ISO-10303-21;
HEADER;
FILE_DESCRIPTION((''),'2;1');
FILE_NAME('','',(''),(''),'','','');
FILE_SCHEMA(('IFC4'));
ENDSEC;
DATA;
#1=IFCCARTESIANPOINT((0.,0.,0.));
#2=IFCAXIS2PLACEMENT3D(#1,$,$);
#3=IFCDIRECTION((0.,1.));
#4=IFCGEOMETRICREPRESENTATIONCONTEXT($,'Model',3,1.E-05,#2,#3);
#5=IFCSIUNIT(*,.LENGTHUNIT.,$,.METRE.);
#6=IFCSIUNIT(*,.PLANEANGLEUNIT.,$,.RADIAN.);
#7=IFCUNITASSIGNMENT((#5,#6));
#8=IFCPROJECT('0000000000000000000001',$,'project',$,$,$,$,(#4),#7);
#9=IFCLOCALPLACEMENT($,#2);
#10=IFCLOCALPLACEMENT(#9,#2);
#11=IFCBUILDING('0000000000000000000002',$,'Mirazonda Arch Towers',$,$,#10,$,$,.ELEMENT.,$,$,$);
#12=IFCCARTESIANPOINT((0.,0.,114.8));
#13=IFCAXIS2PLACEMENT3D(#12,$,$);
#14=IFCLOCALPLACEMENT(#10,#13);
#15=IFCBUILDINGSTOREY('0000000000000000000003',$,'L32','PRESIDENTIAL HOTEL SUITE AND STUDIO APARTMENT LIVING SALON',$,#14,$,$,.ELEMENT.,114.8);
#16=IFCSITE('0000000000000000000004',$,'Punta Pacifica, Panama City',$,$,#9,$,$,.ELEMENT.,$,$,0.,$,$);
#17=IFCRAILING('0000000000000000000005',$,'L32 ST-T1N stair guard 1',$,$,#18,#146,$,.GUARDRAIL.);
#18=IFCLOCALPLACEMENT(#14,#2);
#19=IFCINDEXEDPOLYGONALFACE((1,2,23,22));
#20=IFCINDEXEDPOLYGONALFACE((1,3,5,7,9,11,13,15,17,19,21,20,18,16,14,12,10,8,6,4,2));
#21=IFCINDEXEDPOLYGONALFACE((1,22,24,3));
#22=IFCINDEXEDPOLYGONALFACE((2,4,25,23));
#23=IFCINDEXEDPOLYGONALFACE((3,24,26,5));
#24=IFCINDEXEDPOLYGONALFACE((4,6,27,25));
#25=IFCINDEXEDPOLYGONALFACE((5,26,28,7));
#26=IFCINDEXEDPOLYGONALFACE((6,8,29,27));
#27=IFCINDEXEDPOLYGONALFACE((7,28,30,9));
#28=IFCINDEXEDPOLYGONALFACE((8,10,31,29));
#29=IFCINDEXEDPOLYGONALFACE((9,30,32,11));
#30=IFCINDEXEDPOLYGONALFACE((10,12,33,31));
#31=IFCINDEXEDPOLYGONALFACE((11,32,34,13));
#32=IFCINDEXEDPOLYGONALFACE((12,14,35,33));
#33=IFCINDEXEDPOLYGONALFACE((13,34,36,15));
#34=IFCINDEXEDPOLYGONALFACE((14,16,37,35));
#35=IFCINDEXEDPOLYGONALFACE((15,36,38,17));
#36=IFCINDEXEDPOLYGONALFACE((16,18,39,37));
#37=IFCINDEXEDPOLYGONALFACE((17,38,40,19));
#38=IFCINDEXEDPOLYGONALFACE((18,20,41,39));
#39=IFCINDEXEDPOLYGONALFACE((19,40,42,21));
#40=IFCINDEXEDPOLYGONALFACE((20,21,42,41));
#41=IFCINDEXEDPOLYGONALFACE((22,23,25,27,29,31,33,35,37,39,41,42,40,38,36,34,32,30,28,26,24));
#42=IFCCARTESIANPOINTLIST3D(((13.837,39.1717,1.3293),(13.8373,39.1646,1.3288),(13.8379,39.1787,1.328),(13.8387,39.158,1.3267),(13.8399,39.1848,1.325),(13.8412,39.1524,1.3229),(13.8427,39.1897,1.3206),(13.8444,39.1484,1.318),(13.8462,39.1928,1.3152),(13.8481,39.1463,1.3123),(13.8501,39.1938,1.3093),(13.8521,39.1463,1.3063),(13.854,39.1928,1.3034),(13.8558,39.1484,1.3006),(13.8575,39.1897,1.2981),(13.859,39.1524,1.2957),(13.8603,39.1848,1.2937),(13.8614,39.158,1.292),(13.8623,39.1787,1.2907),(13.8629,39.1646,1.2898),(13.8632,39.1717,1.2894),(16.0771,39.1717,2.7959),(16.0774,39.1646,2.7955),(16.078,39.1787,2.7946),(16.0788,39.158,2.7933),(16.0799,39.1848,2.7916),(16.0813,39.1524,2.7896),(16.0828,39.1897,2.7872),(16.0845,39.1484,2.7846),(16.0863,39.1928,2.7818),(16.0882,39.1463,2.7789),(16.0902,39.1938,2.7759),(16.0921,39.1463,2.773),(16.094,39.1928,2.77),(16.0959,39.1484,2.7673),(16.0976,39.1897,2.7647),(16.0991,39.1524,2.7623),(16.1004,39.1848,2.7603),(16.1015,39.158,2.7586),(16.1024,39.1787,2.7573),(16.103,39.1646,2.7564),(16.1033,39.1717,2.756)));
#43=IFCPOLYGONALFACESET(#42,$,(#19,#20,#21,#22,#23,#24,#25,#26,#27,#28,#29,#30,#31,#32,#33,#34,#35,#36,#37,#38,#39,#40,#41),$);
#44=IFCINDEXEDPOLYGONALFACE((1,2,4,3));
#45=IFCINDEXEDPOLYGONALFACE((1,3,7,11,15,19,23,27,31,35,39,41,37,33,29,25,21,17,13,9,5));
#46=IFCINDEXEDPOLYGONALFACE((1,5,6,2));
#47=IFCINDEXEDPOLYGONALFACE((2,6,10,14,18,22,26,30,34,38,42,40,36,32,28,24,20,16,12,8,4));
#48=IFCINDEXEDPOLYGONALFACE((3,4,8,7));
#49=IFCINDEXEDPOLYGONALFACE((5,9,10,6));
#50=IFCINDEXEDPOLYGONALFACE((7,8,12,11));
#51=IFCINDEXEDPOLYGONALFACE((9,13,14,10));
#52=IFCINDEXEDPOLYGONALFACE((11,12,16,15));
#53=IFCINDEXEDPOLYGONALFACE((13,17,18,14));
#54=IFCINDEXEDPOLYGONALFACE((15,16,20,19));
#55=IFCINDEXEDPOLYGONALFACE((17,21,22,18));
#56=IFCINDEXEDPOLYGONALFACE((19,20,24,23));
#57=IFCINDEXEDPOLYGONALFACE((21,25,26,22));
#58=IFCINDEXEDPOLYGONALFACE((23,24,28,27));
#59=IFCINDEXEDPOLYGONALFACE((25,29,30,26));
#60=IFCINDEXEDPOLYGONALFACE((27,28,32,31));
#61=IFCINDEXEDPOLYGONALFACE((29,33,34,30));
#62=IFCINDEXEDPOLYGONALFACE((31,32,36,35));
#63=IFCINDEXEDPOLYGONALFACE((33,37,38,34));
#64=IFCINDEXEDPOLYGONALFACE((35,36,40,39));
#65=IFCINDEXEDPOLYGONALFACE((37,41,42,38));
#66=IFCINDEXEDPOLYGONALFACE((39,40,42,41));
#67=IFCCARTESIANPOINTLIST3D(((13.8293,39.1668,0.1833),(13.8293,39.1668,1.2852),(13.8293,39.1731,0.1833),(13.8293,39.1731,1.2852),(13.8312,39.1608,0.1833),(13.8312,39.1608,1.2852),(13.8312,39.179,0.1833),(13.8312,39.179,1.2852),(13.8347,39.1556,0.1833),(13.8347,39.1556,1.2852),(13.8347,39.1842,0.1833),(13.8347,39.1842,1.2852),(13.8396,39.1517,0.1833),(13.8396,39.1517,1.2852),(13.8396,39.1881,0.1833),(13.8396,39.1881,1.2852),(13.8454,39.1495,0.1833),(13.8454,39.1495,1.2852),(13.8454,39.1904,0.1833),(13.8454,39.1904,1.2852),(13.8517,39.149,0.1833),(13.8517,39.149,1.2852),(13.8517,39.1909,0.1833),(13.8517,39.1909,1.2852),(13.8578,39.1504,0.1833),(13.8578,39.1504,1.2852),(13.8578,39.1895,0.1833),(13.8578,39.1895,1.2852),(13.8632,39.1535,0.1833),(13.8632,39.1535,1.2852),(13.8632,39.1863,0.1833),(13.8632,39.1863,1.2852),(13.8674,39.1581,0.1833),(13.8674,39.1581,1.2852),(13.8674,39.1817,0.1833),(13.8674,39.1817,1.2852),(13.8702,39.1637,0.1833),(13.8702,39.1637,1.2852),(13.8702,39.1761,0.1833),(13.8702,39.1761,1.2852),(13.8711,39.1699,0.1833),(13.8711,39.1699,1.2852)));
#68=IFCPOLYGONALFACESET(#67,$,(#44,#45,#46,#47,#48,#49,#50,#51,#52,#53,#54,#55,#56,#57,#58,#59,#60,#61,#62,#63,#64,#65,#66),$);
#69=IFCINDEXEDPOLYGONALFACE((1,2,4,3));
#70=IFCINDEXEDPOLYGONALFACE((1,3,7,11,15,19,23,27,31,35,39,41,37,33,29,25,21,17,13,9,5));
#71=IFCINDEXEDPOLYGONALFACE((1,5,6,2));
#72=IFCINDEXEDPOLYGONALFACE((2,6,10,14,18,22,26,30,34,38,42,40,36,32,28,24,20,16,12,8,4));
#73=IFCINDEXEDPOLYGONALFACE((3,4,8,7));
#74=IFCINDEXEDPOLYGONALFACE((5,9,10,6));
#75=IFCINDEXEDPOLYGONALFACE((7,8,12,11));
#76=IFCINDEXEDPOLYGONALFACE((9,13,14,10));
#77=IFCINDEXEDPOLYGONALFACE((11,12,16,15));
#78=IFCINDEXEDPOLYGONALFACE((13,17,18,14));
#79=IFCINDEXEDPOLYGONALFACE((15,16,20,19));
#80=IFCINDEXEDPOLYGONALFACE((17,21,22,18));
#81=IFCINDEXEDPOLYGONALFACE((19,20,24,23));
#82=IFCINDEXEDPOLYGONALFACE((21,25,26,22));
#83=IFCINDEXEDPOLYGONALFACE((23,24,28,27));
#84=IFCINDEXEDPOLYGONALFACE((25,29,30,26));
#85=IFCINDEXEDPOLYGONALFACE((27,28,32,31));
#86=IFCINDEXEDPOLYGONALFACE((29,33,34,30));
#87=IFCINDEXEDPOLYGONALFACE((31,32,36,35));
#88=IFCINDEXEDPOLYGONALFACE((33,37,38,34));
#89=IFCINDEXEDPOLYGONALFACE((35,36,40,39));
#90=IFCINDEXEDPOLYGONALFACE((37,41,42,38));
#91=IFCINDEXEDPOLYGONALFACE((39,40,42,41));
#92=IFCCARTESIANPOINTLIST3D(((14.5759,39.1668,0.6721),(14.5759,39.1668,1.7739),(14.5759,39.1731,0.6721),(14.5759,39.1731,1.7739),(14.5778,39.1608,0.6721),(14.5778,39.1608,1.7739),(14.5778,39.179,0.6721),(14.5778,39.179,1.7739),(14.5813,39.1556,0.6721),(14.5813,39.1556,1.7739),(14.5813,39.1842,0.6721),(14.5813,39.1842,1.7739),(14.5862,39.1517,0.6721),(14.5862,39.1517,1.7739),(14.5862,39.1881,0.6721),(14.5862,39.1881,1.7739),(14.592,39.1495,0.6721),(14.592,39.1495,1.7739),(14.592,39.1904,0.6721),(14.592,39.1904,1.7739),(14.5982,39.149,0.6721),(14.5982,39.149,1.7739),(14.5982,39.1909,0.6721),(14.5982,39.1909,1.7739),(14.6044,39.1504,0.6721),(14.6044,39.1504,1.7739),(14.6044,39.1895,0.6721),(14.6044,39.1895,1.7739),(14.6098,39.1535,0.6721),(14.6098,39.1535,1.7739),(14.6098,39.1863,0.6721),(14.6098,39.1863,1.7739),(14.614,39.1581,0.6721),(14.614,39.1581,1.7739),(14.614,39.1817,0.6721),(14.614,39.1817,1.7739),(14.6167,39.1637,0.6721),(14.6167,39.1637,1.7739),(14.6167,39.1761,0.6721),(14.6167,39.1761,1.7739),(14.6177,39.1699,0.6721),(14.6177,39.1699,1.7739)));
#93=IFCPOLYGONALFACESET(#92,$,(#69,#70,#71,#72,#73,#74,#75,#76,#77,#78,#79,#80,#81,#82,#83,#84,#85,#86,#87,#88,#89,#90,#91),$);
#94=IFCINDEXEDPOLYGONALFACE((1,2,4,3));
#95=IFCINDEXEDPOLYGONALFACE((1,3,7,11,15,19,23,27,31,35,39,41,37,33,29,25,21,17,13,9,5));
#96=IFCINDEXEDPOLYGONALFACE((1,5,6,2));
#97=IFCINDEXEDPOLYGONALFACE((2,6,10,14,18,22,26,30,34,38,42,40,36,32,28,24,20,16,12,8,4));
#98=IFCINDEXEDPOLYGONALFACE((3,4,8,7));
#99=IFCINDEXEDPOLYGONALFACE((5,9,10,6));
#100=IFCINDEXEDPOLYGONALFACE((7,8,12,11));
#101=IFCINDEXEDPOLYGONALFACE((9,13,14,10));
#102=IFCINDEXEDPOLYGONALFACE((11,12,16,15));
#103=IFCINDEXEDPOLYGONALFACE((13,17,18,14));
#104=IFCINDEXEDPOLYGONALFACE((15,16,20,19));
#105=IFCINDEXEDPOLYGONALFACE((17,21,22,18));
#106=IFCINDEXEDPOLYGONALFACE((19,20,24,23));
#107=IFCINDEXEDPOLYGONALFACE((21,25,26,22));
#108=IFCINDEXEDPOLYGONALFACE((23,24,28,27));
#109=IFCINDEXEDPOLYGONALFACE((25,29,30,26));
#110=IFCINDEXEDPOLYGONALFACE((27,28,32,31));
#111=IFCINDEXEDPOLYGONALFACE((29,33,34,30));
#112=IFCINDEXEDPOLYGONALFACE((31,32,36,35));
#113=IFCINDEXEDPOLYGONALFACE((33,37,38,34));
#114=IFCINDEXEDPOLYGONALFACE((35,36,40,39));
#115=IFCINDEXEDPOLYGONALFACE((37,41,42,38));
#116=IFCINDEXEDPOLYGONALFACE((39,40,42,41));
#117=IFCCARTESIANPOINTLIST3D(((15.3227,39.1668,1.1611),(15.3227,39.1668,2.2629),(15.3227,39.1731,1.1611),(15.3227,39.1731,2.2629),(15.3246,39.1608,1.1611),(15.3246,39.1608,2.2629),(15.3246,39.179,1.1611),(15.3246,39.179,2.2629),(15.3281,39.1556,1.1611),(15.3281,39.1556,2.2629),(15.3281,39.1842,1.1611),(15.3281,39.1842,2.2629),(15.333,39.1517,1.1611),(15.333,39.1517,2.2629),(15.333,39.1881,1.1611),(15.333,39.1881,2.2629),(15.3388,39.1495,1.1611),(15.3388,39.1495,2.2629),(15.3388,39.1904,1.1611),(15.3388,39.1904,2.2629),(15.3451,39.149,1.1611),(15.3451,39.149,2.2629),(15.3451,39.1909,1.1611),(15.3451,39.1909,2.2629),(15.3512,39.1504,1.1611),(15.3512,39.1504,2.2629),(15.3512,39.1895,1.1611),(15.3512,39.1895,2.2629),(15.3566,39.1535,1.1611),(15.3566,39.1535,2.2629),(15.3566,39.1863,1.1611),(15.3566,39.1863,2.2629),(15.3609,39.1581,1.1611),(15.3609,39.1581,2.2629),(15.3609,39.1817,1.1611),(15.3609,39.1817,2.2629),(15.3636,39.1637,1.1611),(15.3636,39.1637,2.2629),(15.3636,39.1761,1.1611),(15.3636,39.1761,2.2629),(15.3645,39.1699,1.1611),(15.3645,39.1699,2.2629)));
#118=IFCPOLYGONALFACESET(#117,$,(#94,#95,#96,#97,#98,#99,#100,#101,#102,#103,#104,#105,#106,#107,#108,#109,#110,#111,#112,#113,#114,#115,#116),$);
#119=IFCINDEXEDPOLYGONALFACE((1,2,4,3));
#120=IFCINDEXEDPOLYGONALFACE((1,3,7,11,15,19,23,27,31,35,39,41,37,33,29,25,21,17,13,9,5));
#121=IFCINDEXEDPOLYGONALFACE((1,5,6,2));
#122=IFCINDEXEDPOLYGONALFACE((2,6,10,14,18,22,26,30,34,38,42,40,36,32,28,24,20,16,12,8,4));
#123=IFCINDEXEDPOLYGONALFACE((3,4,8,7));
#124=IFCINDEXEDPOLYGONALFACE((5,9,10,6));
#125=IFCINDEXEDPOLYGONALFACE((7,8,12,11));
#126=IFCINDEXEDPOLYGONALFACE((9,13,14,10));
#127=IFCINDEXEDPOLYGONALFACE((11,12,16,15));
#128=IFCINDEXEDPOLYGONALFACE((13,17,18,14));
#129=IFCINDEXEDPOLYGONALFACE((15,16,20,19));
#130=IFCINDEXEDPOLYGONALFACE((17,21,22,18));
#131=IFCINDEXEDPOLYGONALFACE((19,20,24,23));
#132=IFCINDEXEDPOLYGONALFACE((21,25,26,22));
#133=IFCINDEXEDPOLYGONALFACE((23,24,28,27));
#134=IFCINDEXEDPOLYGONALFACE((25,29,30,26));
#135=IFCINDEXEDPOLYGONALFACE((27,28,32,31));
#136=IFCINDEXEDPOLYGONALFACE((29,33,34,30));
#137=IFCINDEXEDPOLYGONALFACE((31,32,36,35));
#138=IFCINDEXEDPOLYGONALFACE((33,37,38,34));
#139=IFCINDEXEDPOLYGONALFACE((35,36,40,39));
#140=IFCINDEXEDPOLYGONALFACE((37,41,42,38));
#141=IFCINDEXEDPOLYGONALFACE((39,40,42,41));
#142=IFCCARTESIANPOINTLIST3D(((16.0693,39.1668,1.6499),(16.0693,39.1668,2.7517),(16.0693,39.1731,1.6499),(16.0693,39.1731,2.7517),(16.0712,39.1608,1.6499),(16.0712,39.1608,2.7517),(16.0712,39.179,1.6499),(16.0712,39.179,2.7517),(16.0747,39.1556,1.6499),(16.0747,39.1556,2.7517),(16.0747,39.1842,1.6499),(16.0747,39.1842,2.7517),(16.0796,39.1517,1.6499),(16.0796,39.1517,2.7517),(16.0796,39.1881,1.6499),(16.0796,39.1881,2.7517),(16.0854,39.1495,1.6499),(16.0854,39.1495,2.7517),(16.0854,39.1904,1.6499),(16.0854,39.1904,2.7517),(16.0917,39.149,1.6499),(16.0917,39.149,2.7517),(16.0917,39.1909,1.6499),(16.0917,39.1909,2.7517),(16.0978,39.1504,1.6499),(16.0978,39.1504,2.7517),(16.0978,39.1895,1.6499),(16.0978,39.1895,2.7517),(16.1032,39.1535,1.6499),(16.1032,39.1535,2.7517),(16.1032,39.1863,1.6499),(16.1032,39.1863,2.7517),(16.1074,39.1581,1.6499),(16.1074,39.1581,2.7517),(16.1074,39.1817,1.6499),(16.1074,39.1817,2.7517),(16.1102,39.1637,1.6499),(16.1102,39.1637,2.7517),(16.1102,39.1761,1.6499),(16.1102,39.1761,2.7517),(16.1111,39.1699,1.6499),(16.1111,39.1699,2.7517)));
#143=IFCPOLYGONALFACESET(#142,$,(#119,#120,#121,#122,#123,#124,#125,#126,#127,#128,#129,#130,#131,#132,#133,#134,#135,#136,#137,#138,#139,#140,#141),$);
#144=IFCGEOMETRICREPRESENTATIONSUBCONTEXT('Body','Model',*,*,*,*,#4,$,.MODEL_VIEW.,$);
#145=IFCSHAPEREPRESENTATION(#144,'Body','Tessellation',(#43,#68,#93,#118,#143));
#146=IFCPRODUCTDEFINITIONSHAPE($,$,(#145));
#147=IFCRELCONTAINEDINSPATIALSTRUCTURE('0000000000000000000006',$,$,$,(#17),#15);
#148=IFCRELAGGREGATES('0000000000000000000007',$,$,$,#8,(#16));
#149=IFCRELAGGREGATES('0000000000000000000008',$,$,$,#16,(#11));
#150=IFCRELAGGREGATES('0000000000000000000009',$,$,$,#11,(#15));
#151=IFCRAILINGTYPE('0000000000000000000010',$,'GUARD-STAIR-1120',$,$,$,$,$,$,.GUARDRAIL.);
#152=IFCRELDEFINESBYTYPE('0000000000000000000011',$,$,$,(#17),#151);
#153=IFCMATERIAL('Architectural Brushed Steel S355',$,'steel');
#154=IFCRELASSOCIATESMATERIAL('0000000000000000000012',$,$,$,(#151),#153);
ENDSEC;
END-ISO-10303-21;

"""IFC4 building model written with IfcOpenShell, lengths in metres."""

from ifc_helpers import new_model, si_unit, direction, frame, origin, origin_2d, place, context, subcontext, project, spatial, circle, extrude, material, type_object, element, save


model = new_model("IFC4")

# Units and contexts
model_context = context("Model", 3, precision=1e-05, world=origin(), true_north=direction((0.0, 1.0)))
body_context = subcontext(model_context, "Body", "Model", "MODEL_VIEW")
ifc_project = project(units=[si_unit("LENGTHUNIT", "METRE"), si_unit("PLANEANGLEUNIT", "RADIAN")], contexts=[model_context])

# Site, building, storey
site_placement = place(None, origin())
site = spatial("IfcSite", under=ifc_project, at=site_placement, Name="Punta Pacifica, Panama City", CompositionType="ELEMENT", RefElevation=0.0)
building_placement = place(site_placement, origin())
building = spatial("IfcBuilding", under=site, at=building_placement, Name="Mirazonda Arch Towers", CompositionType="ELEMENT")
storey_placement = place(building_placement, frame((0.0, 0.0, 114.8)))
storey = spatial("IfcBuildingStorey", under=building, at=storey_placement, Name="L32", Description="PRESIDENTIAL HOTEL SUITE AND STUDIO APARTMENT LIVING SALON", CompositionType="ELEMENT", Elevation=114.8)

# Shared definitions
ifc_material_1 = material(Name="Architectural Brushed Steel S355", Category="steel")

# Railing
railing_type_1 = type_object("IfcRailingType", Name="GUARD-STAIR-1120", PredefinedType="GUARDRAIL", material=ifc_material_1)
railing_1_placement = place(storey_placement, frame((13.8501, 39.1699, 0.1833)))
element("IfcRailing", 1, at=railing_1_placement, inside=storey, type_object=railing_type_1, Name="L32 ST-T1N stair guard 1", PredefinedType="GUARDRAIL", context=body_context, shape_type="SweptSolid", body=[
    extrude(circle(Radius=0.0239, at=origin_2d()), frame((0.0, 0.0, 1.126), z_axis=(0.836637, 0.0, 0.547758), x_axis=(0.0, 1.0, 0.0)), (0.0, 0.0, 1.0), 2.6775),
    extrude(circle(Radius=0.021, at=origin_2d()), origin(), (0.0, 0.0, 1.0), 1.1018),
    extrude(circle(Radius=0.021, at=origin_2d()), frame((0.7466, 0.0, 0.4888)), (0.0, 0.0, 1.0), 1.1018),
    extrude(circle(Radius=0.021, at=origin_2d()), frame((1.4934, 0.0, 0.9778)), (0.0, 0.0, 1.0), 1.1018),
    extrude(circle(Radius=0.021, at=origin_2d()), frame((2.24, 0.0, 1.4666)), (0.0, 0.0, 1.0), 1.1018),
])

save(model, "model.ifc")
